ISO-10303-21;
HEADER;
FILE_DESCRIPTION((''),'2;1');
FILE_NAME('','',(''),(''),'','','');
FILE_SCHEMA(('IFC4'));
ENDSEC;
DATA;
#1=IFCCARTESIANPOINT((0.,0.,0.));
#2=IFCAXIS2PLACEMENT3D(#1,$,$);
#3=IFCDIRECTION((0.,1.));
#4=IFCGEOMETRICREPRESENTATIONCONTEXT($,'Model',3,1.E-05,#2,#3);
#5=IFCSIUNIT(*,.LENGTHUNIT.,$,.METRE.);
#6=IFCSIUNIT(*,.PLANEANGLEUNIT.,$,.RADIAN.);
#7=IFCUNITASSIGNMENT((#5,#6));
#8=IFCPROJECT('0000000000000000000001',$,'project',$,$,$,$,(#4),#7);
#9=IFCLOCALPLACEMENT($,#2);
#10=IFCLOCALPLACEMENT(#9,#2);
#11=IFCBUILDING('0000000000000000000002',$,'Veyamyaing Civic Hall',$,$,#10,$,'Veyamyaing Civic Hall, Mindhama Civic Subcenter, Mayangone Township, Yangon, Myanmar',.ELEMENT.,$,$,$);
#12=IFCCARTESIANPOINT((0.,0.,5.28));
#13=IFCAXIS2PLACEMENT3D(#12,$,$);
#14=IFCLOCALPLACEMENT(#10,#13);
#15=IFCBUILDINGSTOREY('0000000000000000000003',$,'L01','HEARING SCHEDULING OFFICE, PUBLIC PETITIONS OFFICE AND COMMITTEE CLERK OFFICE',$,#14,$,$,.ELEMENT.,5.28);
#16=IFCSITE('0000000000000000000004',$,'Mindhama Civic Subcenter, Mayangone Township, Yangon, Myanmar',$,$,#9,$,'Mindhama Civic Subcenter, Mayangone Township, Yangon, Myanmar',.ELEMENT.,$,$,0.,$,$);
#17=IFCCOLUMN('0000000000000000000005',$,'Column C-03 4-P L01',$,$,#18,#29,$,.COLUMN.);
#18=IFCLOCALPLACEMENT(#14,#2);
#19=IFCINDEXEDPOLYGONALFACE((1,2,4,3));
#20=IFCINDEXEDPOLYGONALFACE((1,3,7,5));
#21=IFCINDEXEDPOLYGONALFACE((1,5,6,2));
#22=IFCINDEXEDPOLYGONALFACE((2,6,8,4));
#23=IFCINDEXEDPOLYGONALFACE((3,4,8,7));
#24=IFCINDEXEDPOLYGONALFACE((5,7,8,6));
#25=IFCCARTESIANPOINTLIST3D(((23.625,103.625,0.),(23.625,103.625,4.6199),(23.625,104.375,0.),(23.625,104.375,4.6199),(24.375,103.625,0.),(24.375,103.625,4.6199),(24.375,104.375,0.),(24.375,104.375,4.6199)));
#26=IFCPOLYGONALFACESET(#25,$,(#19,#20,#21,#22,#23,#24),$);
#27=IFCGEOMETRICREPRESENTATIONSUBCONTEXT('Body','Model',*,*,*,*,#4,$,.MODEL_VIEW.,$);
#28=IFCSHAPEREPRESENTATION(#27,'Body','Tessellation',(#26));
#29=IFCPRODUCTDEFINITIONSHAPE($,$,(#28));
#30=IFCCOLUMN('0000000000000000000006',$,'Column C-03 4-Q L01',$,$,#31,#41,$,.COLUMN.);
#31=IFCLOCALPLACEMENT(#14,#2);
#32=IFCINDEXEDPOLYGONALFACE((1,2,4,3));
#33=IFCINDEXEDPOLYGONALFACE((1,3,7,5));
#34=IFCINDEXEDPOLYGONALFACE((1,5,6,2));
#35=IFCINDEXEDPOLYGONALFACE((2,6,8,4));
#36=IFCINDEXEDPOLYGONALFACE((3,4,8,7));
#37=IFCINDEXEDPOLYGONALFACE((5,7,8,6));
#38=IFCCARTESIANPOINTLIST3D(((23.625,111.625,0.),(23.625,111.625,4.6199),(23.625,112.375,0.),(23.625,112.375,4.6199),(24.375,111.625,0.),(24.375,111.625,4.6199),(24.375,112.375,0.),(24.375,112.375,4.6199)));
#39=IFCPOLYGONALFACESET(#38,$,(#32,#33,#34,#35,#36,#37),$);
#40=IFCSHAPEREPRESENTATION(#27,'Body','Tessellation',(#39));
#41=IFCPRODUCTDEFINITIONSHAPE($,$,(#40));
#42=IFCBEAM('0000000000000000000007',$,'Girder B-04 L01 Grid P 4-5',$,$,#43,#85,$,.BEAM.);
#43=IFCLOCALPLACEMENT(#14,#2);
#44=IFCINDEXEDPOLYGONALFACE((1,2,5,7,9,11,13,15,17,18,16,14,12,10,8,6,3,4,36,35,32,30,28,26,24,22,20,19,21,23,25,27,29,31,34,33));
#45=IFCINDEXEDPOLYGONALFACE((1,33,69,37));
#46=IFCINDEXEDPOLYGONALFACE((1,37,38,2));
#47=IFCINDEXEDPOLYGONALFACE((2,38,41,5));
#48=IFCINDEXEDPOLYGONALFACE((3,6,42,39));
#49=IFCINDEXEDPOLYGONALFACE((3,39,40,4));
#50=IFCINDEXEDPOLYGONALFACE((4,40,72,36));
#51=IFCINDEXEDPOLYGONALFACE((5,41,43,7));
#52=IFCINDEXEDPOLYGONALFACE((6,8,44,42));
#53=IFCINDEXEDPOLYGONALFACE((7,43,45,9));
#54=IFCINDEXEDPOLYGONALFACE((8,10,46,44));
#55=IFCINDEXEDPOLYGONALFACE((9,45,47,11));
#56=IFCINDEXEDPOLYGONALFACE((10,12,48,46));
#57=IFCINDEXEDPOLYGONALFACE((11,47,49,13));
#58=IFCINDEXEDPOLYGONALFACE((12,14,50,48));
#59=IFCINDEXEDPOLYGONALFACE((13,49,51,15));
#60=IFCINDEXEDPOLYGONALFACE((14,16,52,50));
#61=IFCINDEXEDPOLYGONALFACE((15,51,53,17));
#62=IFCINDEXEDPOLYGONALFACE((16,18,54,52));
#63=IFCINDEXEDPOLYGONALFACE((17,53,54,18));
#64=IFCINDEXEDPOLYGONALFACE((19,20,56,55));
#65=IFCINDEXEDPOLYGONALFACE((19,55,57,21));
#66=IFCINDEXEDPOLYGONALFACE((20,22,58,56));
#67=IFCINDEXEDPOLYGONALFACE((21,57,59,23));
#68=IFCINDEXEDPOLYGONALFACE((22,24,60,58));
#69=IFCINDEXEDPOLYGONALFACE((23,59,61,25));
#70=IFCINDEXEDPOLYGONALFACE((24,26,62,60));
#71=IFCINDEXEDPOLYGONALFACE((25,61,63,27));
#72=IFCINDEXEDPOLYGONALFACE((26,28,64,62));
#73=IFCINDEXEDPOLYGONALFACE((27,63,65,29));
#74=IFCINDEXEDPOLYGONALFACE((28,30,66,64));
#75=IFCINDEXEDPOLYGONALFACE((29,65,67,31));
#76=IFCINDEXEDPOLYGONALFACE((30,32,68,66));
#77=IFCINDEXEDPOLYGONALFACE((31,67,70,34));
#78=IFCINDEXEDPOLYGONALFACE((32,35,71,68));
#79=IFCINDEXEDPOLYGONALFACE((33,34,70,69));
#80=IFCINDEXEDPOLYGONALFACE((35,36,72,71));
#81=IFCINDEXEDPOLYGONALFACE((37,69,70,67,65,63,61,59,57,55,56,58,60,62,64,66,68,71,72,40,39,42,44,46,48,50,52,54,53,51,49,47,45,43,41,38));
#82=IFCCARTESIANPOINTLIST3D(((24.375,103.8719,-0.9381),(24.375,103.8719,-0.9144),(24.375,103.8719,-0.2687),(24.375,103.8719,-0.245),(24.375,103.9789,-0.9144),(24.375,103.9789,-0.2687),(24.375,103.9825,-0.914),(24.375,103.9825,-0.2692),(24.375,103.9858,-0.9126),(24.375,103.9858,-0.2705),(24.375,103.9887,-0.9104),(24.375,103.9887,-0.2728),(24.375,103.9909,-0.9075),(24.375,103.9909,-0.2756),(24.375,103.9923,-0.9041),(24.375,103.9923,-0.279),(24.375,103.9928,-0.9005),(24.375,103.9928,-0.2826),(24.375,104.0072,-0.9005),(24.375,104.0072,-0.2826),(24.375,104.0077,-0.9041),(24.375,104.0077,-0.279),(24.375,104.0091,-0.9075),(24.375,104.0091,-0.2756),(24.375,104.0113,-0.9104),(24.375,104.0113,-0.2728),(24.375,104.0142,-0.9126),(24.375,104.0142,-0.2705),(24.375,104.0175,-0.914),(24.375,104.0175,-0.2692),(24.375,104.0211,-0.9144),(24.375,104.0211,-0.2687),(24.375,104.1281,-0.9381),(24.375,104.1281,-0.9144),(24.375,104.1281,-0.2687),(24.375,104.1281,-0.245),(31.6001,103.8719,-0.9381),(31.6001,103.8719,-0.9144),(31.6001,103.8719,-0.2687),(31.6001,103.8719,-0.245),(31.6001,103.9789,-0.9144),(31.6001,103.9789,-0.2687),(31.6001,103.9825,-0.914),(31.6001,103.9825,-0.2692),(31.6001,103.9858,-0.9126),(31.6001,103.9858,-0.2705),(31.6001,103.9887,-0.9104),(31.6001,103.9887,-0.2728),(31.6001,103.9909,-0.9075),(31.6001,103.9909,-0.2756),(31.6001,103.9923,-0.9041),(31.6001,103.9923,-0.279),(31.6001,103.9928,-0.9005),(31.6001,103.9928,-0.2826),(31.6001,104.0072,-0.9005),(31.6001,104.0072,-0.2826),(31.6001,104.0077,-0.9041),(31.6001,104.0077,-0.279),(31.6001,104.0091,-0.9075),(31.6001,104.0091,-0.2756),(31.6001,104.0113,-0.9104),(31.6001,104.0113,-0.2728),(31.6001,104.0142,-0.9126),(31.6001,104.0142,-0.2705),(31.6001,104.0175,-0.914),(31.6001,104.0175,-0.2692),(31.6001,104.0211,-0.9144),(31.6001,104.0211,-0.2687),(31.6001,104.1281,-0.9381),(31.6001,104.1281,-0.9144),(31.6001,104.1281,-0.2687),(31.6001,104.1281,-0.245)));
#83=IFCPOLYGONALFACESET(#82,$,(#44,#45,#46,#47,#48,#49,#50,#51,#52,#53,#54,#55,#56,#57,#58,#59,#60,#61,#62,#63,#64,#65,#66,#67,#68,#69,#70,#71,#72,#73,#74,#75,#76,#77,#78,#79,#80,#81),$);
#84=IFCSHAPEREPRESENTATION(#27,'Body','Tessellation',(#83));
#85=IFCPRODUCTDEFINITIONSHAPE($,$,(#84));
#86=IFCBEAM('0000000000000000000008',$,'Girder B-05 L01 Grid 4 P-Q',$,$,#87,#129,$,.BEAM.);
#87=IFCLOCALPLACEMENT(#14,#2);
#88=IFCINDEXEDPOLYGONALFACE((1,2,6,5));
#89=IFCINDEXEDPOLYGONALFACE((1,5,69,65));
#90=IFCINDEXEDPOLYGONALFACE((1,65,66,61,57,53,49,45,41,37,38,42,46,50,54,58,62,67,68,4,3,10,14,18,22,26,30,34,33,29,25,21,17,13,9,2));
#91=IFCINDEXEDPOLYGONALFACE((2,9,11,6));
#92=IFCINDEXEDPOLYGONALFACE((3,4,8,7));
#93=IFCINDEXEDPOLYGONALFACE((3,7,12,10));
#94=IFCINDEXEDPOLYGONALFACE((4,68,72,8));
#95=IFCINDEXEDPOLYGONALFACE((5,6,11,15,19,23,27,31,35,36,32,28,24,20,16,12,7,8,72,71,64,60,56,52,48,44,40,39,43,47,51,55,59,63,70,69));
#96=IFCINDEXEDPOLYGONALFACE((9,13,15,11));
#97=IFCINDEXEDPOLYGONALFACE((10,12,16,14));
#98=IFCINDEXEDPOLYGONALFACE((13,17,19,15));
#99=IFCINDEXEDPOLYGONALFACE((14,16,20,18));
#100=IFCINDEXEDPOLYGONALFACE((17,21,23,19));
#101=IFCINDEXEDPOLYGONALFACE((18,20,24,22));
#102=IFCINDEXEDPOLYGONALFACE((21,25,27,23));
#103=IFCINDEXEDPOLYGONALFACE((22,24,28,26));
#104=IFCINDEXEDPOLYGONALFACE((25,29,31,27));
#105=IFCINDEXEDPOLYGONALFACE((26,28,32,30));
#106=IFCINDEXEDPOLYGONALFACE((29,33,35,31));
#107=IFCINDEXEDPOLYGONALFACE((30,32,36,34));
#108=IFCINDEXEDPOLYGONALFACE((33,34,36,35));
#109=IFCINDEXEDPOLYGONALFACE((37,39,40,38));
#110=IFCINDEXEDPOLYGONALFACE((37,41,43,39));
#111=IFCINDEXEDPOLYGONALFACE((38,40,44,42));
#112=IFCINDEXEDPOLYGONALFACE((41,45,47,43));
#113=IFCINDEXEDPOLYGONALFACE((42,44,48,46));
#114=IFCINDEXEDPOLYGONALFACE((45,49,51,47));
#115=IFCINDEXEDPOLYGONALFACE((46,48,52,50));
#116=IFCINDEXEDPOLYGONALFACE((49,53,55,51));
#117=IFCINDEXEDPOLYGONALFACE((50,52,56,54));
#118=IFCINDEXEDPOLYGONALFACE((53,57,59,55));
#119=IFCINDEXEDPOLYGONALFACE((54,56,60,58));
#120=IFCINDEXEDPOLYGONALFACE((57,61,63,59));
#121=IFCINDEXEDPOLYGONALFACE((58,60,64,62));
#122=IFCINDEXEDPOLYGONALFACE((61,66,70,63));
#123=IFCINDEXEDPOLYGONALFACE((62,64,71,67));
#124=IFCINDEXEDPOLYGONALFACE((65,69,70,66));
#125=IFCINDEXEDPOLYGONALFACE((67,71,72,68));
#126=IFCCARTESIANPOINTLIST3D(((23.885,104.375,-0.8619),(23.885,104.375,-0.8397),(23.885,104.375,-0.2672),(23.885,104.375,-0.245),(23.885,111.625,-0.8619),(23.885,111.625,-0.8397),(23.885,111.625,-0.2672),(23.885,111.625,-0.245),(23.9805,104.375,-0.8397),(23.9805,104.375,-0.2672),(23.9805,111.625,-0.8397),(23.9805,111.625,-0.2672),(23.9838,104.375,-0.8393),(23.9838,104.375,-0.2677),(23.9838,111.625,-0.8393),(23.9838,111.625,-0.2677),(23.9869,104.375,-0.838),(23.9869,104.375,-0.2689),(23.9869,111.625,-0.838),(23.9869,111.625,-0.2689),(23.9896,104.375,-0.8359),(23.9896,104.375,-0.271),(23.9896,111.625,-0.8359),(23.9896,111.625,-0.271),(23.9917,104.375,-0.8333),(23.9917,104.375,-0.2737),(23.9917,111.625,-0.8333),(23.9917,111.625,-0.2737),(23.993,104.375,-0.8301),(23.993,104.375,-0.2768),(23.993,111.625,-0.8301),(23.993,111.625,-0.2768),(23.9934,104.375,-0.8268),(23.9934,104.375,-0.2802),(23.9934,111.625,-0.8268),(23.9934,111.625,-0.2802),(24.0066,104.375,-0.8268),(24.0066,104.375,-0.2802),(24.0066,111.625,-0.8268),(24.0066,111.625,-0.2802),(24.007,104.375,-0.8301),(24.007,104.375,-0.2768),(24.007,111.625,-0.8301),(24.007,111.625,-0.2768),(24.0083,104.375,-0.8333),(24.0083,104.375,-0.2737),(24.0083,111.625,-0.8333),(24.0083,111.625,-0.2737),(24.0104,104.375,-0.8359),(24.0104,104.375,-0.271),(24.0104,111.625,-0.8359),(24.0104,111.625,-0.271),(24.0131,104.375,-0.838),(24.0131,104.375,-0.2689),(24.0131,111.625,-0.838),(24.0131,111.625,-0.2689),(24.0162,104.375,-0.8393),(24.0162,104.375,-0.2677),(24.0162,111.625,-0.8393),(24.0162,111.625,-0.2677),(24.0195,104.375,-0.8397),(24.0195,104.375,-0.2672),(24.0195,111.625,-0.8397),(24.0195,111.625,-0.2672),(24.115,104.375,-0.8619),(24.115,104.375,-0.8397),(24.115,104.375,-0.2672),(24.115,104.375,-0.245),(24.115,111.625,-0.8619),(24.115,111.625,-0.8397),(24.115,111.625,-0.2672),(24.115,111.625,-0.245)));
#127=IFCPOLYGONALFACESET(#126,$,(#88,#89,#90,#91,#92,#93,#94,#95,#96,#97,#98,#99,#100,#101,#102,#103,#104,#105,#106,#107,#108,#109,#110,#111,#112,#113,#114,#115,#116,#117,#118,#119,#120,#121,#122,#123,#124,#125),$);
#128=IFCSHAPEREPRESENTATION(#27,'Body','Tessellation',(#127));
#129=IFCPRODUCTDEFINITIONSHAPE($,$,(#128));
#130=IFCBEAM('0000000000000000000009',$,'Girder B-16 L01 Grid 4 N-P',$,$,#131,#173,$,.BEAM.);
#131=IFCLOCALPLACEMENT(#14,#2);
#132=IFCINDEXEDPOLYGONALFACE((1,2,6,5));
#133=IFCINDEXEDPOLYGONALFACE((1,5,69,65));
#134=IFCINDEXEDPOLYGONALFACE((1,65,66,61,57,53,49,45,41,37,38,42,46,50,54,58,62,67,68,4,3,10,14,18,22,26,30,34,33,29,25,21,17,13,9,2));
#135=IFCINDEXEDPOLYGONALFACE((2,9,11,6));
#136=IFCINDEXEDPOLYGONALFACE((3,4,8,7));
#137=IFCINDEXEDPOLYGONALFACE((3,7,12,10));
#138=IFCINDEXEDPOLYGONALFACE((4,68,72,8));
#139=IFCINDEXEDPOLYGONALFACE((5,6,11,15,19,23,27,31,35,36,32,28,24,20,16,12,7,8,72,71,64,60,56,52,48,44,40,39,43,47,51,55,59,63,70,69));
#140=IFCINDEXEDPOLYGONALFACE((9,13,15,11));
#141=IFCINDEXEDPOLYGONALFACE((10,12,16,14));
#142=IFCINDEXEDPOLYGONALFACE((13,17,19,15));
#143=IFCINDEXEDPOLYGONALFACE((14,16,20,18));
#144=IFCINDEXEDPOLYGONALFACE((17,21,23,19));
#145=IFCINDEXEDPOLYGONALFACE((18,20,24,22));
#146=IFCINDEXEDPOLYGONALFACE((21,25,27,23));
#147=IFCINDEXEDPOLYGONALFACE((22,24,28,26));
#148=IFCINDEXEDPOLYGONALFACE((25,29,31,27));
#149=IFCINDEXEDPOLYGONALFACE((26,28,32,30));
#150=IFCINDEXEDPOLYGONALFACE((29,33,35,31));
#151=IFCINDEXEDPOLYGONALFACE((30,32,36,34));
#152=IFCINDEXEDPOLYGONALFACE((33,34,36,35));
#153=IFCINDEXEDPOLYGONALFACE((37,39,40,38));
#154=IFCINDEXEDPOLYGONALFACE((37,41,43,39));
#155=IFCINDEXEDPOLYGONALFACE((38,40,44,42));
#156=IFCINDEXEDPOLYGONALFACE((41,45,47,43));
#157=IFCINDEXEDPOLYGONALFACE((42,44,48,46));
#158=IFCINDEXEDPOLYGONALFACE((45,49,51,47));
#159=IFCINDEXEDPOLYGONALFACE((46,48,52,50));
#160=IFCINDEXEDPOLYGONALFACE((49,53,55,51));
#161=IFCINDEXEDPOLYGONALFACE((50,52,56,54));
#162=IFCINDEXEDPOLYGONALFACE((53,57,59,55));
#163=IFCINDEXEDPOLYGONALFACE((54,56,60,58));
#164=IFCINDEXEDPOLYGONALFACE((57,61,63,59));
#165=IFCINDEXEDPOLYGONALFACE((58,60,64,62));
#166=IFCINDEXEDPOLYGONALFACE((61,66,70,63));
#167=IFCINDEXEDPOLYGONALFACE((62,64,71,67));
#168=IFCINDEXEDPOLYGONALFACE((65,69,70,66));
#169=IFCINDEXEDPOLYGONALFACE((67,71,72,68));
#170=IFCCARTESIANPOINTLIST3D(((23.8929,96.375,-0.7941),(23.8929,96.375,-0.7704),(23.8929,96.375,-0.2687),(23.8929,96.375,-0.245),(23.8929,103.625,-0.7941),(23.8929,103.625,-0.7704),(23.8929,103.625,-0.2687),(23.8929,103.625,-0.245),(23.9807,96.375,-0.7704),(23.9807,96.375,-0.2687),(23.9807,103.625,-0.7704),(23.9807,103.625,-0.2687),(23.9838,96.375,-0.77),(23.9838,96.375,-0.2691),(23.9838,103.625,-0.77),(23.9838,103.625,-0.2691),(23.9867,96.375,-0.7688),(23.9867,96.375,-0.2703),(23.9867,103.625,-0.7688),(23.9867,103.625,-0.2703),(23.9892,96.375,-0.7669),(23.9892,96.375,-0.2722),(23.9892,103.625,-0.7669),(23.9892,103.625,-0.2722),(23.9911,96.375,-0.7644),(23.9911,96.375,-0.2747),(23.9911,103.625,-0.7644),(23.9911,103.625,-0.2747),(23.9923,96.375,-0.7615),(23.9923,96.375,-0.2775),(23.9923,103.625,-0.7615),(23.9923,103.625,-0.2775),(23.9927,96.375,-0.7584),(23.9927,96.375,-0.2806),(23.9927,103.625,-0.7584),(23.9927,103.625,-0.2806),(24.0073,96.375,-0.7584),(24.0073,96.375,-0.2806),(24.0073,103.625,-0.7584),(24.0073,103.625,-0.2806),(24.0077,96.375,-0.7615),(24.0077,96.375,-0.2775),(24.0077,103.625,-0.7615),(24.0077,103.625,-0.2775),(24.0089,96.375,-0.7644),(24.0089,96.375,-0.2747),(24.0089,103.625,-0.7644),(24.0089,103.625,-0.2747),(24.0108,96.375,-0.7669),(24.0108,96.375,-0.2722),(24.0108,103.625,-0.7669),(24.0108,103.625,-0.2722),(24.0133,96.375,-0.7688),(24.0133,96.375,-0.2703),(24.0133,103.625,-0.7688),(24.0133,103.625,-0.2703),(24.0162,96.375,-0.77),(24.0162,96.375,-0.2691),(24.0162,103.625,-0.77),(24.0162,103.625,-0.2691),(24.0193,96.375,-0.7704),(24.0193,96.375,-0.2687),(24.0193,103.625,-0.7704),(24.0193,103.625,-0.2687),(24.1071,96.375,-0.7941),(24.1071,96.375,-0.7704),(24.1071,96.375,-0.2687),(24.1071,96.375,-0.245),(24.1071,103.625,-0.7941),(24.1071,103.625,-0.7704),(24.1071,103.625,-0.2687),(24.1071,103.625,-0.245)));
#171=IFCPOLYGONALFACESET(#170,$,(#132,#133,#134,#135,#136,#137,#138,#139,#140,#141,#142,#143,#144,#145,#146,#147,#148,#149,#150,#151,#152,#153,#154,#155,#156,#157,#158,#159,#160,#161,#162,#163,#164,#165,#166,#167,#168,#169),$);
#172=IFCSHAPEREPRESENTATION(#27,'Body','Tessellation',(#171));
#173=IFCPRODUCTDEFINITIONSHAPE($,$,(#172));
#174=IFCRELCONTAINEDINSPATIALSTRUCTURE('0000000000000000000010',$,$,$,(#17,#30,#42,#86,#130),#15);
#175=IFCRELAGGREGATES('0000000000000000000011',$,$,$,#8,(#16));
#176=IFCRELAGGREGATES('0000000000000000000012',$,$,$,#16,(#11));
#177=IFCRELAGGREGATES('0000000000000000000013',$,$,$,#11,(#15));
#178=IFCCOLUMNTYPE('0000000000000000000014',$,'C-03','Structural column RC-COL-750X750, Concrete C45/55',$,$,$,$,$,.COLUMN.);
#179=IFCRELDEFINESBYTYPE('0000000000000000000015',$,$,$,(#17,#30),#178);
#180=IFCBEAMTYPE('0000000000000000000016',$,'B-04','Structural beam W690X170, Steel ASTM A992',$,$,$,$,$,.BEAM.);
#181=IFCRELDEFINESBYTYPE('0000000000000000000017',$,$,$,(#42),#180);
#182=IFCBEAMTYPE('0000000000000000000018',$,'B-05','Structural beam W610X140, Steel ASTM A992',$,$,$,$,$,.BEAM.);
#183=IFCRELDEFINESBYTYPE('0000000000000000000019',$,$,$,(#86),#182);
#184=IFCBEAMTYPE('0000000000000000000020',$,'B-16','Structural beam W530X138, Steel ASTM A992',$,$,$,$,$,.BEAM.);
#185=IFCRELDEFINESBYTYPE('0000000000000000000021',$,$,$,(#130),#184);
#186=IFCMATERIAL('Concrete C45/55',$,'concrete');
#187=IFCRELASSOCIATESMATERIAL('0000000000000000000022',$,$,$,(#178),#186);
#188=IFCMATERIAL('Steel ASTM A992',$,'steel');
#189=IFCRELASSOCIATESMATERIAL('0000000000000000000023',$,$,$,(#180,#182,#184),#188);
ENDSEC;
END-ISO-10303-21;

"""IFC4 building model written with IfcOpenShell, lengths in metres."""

from ifc_helpers import new_model, si_unit, direction, frame, origin, origin_2d, place, context, subcontext, project, spatial, rectangle, i_section, extrude, material, material_profile, profile_set, type_object, element, save


model = new_model("IFC4")

# Units and contexts
model_context = context("Model", 3, precision=1e-05, world=origin(), true_north=direction((0.0, 1.0)))
body_context = subcontext(model_context, "Body", "Model", "MODEL_VIEW")
ifc_project = project(units=[si_unit("LENGTHUNIT", "METRE"), si_unit("PLANEANGLEUNIT", "RADIAN")], contexts=[model_context])

# Site, building, storey
site_placement = place(None, origin())
site = spatial("IfcSite", under=ifc_project, at=site_placement, Name="Mindhama Civic Subcenter, Mayangone Township, Yangon, Myanmar", LongName="Mindhama Civic Subcenter, Mayangone Township, Yangon, Myanmar", CompositionType="ELEMENT", RefElevation=0.0)
building_placement = place(site_placement, origin())
building = spatial("IfcBuilding", under=site, at=building_placement, Name="Veyamyaing Civic Hall", LongName="Veyamyaing Civic Hall, Mindhama Civic Subcenter, Mayangone Township, Yangon, Myanmar", CompositionType="ELEMENT")
storey_placement = place(building_placement, frame((0.0, 0.0, 5.28)))
storey = spatial("IfcBuildingStorey", under=building, at=storey_placement, Name="L01", Description="HEARING SCHEDULING OFFICE, PUBLIC PETITIONS OFFICE AND COMMITTEE CLERK OFFICE", CompositionType="ELEMENT", Elevation=5.28)

# Columns
ifc_material_1 = material(Name="Concrete C45/55", Category="concrete")
ifc_material_profile_1 = material_profile(ifc_material_1, rectangle(XDim=0.75, YDim=0.75, at=origin_2d()), Name="RC-COL-750X750")
ifc_profile_set_1 = profile_set([ifc_material_profile_1], Name="Concrete C45/55")
column_type = type_object("IfcColumnType", Name="C-03", Description="Structural column RC-COL-750X750, Concrete C45/55", PredefinedType="COLUMN", material=ifc_profile_set_1)
for number, where, z_axis, x_axis, name in (
    (1, (24.0, 104.0, 0.0), (0.0, 0.0, 1.0), (1.0, 0.0, 0.0), "Column C-03 4-P L01"),
    (2, (24.0, 112.0, 0.0), (0.0, 0.0, 1.0), (1.0, 0.0, 0.0), "Column C-03 4-Q L01"),
):
    element("IfcColumn", number, at=place(storey_placement, frame(where, z_axis=z_axis, x_axis=x_axis)), inside=storey, type_object=column_type, Name=name, PredefinedType="COLUMN", context=body_context, shape_type="SweptSolid", body=[
        extrude(rectangle(XDim=0.75, YDim=0.75, at=origin_2d()), origin(), (0.0, 0.0, 1.0), 4.6199),
    ])

# Beams
ifc_material_2 = material(Name="Steel ASTM A992", Category="steel")
ifc_material_profile_2 = material_profile(ifc_material_2, i_section(OverallWidth=0.2561, OverallDepth=0.6931, WebThickness=0.0144, FlangeThickness=0.0237, FilletRadius=0.0139, at=origin_2d()), Name="W690X170")
ifc_profile_set_2 = profile_set([ifc_material_profile_2], Name="Steel ASTM A992")
beam_type_1 = type_object("IfcBeamType", Name="B-04", Description="Structural beam W690X170, Steel ASTM A992", PredefinedType="BEAM", material=ifc_profile_set_2)
beam_1_placement = place(storey_placement, frame((24.375, 104.0, -0.5916), z_axis=(1.0, 0.0, 0.0), x_axis=(0.0, 1.0, 0.0)))
element("IfcBeam", 3, at=beam_1_placement, inside=storey, type_object=beam_type_1, Name="Girder B-04 L01 Grid P 4-5", PredefinedType="BEAM", context=body_context, shape_type="SweptSolid", body=[
    extrude(i_section(OverallWidth=0.2561, OverallDepth=0.6931, WebThickness=0.0144, FlangeThickness=0.0237, FilletRadius=0.0139, at=origin_2d()), origin(), (0.0, 0.0, 1.0), 7.2251),
])
ifc_material_profile_3 = material_profile(ifc_material_2, i_section(OverallWidth=0.23, OverallDepth=0.6169, WebThickness=0.0132, FlangeThickness=0.0222, FilletRadius=0.0129, at=origin_2d()), Name="W610X140")
ifc_profile_set_3 = profile_set([ifc_material_profile_3], Name="Steel ASTM A992")
beam_type_2 = type_object("IfcBeamType", Name="B-05", Description="Structural beam W610X140, Steel ASTM A992", PredefinedType="BEAM", material=ifc_profile_set_3)
beam_2_placement = place(storey_placement, frame((24.0, 104.375, -0.5535), z_axis=(0.0, 1.0, 0.0), x_axis=(-1.0, 0.0, 0.0)))
element("IfcBeam", 4, at=beam_2_placement, inside=storey, type_object=beam_type_2, Name="Girder B-05 L01 Grid 4 P-Q", PredefinedType="BEAM", context=body_context, shape_type="SweptSolid", body=[
    extrude(i_section(OverallWidth=0.23, OverallDepth=0.6169, WebThickness=0.0132, FlangeThickness=0.0222, FilletRadius=0.0129, at=origin_2d()), origin(), (0.0, 0.0, 1.0), 7.25),
])
ifc_material_profile_4 = material_profile(ifc_material_2, i_section(OverallWidth=0.2141, OverallDepth=0.5491, WebThickness=0.0146, FlangeThickness=0.0237, FilletRadius=0.012, at=origin_2d()), Name="W530X138")
ifc_profile_set_4 = profile_set([ifc_material_profile_4], Name="Steel ASTM A992")
beam_type_3 = type_object("IfcBeamType", Name="B-16", Description="Structural beam W530X138, Steel ASTM A992", PredefinedType="BEAM", material=ifc_profile_set_4)
beam_3_placement = place(storey_placement, frame((24.0, 96.375, -0.5195), z_axis=(0.0, 1.0, 0.0), x_axis=(-1.0, 0.0, 0.0)))
element("IfcBeam", 5, at=beam_3_placement, inside=storey, type_object=beam_type_3, Name="Girder B-16 L01 Grid 4 N-P", PredefinedType="BEAM", context=body_context, shape_type="SweptSolid", body=[
    extrude(i_section(OverallWidth=0.2141, OverallDepth=0.5491, WebThickness=0.0146, FlangeThickness=0.0237, FilletRadius=0.012, at=origin_2d()), origin(), (0.0, 0.0, 1.0), 7.25),
])

save(model, "model.ifc")
